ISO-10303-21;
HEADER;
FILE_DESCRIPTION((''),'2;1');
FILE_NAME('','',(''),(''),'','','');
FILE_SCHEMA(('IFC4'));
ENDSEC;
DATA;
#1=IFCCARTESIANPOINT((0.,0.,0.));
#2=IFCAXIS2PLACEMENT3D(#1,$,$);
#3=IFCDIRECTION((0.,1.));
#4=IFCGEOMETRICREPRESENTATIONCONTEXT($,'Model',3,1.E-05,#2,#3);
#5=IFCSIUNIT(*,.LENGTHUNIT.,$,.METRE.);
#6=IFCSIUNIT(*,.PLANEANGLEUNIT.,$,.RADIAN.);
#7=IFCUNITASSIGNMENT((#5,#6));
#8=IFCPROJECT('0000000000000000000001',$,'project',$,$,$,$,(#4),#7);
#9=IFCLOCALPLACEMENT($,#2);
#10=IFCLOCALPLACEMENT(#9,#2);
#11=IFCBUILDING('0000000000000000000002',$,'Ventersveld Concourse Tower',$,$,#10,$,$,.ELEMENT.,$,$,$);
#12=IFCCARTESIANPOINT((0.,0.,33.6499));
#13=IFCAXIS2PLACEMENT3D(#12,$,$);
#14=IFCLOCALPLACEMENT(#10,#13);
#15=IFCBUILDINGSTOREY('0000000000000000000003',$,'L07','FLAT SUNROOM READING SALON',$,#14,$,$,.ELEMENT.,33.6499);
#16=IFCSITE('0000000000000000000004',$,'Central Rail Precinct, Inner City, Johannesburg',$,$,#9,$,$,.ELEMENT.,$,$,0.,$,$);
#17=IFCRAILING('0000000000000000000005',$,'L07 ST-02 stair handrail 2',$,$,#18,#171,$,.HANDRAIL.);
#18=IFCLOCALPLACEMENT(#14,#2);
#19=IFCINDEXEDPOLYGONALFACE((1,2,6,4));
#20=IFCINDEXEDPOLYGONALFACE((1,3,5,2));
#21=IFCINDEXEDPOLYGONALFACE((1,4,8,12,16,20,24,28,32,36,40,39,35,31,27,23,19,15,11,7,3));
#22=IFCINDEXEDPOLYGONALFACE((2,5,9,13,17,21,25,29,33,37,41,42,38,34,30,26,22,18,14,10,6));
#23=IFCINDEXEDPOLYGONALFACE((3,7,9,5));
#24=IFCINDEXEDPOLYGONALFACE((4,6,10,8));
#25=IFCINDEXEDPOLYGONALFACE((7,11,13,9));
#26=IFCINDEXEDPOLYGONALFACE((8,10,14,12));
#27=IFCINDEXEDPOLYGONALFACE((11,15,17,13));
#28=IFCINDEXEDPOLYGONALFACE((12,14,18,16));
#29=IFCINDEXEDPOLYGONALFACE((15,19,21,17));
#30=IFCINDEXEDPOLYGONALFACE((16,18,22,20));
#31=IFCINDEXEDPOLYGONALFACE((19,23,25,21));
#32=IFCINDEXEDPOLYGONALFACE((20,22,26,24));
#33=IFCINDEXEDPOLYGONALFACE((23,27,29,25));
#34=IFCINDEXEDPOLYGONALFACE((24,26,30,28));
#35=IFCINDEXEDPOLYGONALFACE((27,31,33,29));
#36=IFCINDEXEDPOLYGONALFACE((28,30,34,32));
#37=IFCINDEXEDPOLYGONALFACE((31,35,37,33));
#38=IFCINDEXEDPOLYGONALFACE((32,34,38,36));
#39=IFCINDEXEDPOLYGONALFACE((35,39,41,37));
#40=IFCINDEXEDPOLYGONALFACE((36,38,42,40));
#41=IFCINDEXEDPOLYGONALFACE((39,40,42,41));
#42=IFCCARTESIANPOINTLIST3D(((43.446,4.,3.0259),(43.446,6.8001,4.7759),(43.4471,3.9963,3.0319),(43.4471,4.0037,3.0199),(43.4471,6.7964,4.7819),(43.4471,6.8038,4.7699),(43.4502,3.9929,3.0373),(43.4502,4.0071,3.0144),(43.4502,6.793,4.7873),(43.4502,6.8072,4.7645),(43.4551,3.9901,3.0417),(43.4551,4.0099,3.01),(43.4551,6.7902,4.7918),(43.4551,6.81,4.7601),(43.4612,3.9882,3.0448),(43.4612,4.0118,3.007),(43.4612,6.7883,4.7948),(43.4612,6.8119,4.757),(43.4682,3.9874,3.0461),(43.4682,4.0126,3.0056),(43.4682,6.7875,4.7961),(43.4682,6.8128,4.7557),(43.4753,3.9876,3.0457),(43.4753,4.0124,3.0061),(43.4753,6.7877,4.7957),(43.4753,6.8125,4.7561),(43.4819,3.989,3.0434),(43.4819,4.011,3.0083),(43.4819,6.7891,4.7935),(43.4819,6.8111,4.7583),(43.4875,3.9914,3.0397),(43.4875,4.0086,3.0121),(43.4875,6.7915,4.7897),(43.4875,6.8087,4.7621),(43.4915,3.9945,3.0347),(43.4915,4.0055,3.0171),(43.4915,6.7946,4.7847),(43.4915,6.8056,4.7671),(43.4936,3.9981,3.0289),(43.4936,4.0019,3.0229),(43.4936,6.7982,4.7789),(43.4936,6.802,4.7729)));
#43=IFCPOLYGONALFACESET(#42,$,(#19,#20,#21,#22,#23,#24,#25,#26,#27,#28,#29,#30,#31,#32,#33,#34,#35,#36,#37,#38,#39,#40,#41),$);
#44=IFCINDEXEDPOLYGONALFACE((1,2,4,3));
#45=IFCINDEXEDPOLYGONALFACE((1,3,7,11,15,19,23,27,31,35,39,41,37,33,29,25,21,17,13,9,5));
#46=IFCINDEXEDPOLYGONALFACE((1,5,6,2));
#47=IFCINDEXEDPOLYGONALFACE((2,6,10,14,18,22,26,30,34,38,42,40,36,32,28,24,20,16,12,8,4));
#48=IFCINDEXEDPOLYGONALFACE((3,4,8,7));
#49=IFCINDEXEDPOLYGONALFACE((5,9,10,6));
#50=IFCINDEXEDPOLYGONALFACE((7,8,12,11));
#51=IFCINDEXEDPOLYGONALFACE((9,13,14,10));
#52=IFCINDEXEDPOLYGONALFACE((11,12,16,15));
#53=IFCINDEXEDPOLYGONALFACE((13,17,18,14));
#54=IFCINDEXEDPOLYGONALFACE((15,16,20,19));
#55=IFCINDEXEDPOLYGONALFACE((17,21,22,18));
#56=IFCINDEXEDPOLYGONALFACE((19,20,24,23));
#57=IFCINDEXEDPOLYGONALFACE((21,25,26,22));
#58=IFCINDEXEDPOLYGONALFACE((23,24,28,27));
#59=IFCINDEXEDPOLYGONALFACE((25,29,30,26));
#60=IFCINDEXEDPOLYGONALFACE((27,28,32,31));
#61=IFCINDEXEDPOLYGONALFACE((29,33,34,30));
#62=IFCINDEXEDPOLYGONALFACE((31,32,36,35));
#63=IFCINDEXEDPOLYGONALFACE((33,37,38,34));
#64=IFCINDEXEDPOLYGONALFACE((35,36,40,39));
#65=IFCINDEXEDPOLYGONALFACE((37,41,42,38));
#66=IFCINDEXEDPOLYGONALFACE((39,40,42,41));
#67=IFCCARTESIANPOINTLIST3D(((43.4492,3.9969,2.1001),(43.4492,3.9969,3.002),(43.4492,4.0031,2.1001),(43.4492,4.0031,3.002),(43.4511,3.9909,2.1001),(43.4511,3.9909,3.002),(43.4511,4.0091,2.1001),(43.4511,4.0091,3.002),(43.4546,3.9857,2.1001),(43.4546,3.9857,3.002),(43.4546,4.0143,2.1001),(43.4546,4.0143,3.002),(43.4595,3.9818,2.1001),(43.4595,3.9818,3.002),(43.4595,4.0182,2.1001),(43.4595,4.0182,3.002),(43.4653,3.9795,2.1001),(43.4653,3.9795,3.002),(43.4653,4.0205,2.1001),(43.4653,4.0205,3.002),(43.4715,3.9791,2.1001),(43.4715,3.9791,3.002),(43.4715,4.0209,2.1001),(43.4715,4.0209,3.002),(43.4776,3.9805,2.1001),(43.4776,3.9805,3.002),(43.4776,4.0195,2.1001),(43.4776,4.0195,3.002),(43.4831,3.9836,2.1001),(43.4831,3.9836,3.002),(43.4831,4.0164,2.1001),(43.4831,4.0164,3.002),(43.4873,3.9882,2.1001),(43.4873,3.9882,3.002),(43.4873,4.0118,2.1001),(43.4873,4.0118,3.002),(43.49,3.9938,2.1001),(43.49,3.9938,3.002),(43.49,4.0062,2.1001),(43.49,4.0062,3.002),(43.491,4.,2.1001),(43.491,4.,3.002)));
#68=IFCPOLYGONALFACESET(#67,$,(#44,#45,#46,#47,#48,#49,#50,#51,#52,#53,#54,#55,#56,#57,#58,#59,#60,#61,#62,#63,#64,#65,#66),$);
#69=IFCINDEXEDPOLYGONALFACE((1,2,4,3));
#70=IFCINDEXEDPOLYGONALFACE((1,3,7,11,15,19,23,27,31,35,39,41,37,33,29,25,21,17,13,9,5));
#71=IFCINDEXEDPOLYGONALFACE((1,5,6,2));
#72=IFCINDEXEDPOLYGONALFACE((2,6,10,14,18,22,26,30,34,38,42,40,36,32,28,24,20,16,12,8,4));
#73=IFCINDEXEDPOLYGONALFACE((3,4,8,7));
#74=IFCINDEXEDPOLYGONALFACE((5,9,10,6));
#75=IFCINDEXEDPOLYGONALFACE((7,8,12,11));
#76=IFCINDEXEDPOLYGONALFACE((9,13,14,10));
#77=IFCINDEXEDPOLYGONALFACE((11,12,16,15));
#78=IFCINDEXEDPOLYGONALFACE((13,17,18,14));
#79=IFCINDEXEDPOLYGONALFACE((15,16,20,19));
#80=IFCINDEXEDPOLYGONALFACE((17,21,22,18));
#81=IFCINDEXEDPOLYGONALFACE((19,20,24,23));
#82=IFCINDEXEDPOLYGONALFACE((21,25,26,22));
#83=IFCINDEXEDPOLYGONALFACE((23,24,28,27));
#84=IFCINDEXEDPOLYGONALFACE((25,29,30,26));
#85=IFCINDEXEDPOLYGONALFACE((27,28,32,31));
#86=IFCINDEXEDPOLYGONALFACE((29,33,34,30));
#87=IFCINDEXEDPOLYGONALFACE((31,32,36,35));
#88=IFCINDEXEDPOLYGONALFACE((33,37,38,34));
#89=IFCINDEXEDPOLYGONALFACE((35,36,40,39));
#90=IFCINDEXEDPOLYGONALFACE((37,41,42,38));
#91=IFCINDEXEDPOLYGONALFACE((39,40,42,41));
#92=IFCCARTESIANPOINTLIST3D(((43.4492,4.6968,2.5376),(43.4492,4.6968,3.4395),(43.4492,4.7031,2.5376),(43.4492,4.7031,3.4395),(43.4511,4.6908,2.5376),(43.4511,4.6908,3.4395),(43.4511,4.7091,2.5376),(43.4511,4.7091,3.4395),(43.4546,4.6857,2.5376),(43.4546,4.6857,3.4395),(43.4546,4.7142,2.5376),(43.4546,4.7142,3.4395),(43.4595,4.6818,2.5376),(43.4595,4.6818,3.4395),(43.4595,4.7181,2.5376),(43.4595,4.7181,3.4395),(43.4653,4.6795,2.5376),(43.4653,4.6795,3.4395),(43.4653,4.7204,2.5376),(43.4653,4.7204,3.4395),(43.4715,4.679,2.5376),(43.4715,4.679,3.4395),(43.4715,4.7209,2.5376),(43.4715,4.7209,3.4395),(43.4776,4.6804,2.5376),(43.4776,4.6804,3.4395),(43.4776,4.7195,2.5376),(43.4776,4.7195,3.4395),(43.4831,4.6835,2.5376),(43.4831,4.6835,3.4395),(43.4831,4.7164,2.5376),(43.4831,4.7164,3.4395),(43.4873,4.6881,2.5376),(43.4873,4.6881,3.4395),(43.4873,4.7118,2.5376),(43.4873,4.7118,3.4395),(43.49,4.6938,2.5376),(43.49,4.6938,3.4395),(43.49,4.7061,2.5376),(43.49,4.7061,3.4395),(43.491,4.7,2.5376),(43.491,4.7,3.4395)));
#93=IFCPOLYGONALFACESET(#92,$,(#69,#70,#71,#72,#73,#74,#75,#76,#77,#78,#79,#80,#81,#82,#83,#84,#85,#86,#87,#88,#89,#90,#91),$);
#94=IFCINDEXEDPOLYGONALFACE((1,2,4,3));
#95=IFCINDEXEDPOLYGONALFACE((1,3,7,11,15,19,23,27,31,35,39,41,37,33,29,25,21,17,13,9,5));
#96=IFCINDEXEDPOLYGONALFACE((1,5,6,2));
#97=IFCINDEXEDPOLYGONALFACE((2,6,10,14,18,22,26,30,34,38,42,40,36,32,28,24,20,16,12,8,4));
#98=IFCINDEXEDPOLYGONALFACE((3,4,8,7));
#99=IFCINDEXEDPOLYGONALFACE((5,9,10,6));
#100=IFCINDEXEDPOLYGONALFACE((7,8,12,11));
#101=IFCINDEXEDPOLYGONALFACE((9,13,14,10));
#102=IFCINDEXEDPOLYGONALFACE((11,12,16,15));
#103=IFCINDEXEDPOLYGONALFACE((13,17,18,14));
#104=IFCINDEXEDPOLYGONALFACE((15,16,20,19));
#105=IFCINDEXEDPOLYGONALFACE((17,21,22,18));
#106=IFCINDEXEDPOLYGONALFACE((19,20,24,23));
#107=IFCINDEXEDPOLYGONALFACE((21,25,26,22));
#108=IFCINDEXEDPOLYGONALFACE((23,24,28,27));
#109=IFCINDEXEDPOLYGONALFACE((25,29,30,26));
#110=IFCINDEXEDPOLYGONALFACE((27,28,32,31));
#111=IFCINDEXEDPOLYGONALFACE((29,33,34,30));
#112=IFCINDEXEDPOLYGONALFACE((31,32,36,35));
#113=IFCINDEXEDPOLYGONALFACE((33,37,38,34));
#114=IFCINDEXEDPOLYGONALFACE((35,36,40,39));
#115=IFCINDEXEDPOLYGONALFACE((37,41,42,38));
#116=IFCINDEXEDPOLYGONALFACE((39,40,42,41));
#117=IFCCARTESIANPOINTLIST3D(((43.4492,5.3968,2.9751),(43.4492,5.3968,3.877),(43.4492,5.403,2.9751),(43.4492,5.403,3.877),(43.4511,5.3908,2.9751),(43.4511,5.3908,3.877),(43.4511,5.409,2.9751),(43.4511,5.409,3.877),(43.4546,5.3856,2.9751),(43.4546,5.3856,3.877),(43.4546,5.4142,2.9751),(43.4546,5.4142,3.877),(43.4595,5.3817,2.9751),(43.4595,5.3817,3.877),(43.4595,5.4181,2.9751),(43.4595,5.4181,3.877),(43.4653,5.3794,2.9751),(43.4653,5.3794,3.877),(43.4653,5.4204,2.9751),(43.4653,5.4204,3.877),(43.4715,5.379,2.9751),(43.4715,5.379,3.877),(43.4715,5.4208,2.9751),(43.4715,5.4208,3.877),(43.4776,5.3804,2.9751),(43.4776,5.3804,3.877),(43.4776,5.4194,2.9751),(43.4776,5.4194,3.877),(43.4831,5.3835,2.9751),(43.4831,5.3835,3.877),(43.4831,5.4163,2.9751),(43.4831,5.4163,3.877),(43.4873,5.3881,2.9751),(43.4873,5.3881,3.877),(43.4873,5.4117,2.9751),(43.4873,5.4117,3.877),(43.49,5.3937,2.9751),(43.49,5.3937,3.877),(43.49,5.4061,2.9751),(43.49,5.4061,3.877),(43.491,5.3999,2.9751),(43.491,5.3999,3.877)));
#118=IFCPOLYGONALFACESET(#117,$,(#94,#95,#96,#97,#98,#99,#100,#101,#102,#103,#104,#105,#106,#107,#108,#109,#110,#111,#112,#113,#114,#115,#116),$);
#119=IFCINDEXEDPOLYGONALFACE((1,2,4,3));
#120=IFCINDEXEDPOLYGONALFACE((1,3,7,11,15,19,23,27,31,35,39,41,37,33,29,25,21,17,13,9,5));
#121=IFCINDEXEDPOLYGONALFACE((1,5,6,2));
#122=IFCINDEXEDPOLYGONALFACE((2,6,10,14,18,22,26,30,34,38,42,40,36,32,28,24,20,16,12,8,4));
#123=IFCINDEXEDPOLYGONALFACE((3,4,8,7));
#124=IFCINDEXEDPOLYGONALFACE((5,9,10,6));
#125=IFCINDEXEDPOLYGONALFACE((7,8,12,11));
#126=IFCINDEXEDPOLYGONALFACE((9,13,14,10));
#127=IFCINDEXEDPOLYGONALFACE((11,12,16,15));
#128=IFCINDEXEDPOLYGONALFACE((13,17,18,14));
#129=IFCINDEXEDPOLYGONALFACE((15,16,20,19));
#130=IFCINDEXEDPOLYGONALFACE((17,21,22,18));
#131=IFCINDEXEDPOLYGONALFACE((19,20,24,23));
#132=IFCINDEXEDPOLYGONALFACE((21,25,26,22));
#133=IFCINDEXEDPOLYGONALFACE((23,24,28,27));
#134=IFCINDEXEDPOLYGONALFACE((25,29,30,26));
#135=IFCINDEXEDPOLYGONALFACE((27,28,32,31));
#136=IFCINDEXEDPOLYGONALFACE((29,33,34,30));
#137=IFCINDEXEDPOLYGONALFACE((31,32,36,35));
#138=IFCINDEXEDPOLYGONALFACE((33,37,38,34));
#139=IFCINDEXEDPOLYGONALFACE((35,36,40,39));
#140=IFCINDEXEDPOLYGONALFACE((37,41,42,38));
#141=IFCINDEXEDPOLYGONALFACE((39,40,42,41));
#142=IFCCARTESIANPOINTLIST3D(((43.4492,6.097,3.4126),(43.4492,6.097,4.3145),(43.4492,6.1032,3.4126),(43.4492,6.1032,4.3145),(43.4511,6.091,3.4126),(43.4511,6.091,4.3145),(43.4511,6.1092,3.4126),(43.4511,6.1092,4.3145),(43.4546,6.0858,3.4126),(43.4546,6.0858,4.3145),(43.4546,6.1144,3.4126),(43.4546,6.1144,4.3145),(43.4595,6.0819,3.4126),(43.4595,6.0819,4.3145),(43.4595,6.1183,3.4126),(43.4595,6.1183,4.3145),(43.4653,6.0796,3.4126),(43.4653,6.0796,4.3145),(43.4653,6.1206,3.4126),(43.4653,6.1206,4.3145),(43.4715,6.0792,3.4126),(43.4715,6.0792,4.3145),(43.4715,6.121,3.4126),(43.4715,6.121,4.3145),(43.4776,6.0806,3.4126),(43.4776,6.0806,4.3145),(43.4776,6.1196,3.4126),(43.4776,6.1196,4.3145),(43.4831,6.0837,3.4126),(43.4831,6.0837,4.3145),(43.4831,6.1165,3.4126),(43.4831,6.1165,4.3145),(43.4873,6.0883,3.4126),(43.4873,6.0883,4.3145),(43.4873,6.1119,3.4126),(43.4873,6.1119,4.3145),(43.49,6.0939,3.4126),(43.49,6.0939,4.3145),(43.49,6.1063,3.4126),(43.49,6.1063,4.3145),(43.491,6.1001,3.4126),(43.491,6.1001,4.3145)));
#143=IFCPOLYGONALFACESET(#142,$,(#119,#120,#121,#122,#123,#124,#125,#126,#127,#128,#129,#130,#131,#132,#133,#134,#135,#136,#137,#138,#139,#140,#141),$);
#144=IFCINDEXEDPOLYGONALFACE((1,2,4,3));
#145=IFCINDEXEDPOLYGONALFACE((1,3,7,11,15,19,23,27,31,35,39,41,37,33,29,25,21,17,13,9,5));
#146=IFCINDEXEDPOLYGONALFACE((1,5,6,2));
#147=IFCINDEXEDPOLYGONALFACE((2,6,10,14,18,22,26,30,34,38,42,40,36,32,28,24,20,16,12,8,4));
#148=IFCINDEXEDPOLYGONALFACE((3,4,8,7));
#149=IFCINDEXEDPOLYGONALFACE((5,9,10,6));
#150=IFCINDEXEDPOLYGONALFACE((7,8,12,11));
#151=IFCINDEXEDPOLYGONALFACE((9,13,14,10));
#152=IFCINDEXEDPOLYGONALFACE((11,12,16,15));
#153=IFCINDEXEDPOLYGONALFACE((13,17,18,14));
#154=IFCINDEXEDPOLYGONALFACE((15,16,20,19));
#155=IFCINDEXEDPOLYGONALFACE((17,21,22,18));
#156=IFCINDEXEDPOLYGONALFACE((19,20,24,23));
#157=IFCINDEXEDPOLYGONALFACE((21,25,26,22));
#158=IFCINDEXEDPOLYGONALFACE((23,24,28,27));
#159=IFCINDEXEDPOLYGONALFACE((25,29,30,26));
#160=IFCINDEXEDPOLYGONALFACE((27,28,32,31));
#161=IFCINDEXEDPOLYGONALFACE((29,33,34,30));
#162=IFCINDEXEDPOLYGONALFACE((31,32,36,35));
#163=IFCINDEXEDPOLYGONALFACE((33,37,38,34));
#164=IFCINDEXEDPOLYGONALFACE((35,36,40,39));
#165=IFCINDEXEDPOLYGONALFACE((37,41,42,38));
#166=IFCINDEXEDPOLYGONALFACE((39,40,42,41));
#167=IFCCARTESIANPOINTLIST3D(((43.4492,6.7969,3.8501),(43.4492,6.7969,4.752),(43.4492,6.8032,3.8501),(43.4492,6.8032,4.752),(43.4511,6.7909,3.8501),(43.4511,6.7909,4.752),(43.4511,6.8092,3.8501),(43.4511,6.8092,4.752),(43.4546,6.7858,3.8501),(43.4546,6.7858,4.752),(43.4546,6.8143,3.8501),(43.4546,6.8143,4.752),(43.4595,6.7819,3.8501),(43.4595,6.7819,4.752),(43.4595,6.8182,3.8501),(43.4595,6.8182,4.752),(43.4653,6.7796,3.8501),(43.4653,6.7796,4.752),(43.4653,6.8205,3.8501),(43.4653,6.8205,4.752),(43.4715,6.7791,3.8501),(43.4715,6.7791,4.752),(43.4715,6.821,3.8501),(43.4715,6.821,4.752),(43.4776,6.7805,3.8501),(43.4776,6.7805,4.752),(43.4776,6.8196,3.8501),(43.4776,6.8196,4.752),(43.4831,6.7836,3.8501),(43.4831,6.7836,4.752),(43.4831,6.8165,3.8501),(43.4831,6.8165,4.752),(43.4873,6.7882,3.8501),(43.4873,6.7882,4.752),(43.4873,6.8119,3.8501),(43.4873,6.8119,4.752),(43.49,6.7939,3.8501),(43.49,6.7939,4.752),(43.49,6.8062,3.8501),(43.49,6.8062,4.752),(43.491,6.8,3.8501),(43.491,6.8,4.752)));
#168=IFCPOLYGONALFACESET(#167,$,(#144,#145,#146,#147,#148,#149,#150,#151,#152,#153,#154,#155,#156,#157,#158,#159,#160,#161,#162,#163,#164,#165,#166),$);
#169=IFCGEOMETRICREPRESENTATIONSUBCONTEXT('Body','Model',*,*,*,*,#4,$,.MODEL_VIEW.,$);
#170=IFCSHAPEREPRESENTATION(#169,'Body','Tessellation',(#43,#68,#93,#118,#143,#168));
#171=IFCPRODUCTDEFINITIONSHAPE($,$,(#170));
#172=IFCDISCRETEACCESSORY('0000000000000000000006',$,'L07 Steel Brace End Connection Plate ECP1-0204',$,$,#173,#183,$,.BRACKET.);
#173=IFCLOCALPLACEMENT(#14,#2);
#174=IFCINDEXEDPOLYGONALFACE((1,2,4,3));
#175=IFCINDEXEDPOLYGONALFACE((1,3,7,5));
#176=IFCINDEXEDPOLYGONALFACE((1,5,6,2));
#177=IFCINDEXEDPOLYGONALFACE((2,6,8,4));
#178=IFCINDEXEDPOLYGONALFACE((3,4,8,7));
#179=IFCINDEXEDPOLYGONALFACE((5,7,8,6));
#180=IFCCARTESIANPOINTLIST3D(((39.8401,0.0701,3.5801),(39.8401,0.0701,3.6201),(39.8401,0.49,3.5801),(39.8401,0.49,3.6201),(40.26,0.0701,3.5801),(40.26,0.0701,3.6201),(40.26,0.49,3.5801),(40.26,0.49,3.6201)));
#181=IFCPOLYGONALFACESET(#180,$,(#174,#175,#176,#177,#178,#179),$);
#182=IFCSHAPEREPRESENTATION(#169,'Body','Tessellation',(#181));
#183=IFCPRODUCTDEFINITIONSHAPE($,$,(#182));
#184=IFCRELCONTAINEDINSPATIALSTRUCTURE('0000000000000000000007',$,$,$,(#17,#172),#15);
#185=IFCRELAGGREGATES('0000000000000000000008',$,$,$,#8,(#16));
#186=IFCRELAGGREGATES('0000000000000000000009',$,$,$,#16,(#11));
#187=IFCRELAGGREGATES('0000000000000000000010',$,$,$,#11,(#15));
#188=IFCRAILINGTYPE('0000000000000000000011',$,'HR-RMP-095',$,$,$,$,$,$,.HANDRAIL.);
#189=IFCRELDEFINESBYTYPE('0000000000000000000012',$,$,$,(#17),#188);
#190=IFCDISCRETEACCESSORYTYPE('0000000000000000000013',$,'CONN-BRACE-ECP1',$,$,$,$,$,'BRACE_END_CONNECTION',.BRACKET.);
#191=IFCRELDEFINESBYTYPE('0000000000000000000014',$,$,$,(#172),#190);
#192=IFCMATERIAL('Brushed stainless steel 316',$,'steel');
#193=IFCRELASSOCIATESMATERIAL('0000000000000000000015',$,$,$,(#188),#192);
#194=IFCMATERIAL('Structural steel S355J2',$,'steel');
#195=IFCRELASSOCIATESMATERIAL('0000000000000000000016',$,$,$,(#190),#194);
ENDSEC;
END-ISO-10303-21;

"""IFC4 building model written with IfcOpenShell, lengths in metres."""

from ifc_helpers import new_model, si_unit, direction, frame, origin, origin_2d, place, context, subcontext, project, spatial, rectangle, circle, extrude, material, type_object, element, save


model = new_model("IFC4")

# Units and contexts
model_context = context("Model", 3, precision=1e-05, world=origin(), true_north=direction((0.0, 1.0)))
body_context = subcontext(model_context, "Body", "Model", "MODEL_VIEW")
ifc_project = project(units=[si_unit("LENGTHUNIT", "METRE"), si_unit("PLANEANGLEUNIT", "RADIAN")], contexts=[model_context])

# Site, building, storey
site_placement = place(None, origin())
site = spatial("IfcSite", under=ifc_project, at=site_placement, Name="Central Rail Precinct, Inner City, Johannesburg", CompositionType="ELEMENT", RefElevation=0.0)
building_placement = place(site_placement, origin())
building = spatial("IfcBuilding", under=site, at=building_placement, Name="Ventersveld Concourse Tower", CompositionType="ELEMENT")
storey_placement = place(building_placement, frame((0.0, 0.0, 33.6499)))
storey = spatial("IfcBuildingStorey", under=building, at=storey_placement, Name="L07", Description="FLAT SUNROOM READING SALON", CompositionType="ELEMENT", Elevation=33.6499)

# Shared definitions
ifc_material_1 = material(Name="Structural steel S355J2", Category="steel")

# Railing
ifc_material_2 = material(Name="Brushed stainless steel 316", Category="steel")
railing_type_1 = type_object("IfcRailingType", Name="HR-RMP-095", PredefinedType="HANDRAIL", material=ifc_material_2)
railing_1_placement = place(storey_placement, frame((43.47, 4.0, 2.1001)))
element("IfcRailing", 1, at=railing_1_placement, inside=storey, type_object=railing_type_1, Name="L07 ST-02 stair handrail 2", PredefinedType="HANDRAIL", context=body_context, shape_type="SweptSolid", body=[
    extrude(circle(Radius=0.0239, at=origin_2d()), frame((0.0, 0.0, 0.9258), z_axis=(0.0, 0.848002, 0.529992), x_axis=(-1.0, 0.0, 0.0)), (0.0, 0.0, 1.0), 3.302),
    extrude(circle(Radius=0.021, at=origin_2d()), origin(), (0.0, 0.0, 1.0), 0.9019),
    extrude(circle(Radius=0.021, at=origin_2d()), frame((0.0, 0.7, 0.4375)), (0.0, 0.0, 1.0), 0.9019),
    extrude(circle(Radius=0.021, at=origin_2d()), frame((0.0, 1.3999, 0.875)), (0.0, 0.0, 1.0), 0.9019),
    extrude(circle(Radius=0.021, at=origin_2d()), frame((0.0, 2.1001, 1.3125)), (0.0, 0.0, 1.0), 0.9019),
    extrude(circle(Radius=0.021, at=origin_2d()), frame((0.0, 2.8, 1.75)), (0.0, 0.0, 1.0), 0.9019),
])

# Discrete accessory
discrete_accessory_type = type_object("IfcDiscreteAccessoryType", Name="CONN-BRACE-ECP1", ElementType="BRACE_END_CONNECTION", PredefinedType="BRACKET", material=ifc_material_1)
discrete_accessory_placement = place(storey_placement, frame((40.05, 0.28, 3.5801), z_axis=(0.0, 0.0, 1.0), x_axis=(1.0, 0.0, 0.0)))
element("IfcDiscreteAccessory", 2, at=discrete_accessory_placement, inside=storey, type_object=discrete_accessory_type, Name="L07 Steel Brace End Connection Plate ECP1-0204", PredefinedType="BRACKET", context=body_context, shape_type="SweptSolid", body=[
    extrude(rectangle(XDim=0.4199, YDim=0.4199, at=origin_2d()), origin(), (0.0, 0.0, 1.0), 0.04),
])

save(model, "model.ifc")
